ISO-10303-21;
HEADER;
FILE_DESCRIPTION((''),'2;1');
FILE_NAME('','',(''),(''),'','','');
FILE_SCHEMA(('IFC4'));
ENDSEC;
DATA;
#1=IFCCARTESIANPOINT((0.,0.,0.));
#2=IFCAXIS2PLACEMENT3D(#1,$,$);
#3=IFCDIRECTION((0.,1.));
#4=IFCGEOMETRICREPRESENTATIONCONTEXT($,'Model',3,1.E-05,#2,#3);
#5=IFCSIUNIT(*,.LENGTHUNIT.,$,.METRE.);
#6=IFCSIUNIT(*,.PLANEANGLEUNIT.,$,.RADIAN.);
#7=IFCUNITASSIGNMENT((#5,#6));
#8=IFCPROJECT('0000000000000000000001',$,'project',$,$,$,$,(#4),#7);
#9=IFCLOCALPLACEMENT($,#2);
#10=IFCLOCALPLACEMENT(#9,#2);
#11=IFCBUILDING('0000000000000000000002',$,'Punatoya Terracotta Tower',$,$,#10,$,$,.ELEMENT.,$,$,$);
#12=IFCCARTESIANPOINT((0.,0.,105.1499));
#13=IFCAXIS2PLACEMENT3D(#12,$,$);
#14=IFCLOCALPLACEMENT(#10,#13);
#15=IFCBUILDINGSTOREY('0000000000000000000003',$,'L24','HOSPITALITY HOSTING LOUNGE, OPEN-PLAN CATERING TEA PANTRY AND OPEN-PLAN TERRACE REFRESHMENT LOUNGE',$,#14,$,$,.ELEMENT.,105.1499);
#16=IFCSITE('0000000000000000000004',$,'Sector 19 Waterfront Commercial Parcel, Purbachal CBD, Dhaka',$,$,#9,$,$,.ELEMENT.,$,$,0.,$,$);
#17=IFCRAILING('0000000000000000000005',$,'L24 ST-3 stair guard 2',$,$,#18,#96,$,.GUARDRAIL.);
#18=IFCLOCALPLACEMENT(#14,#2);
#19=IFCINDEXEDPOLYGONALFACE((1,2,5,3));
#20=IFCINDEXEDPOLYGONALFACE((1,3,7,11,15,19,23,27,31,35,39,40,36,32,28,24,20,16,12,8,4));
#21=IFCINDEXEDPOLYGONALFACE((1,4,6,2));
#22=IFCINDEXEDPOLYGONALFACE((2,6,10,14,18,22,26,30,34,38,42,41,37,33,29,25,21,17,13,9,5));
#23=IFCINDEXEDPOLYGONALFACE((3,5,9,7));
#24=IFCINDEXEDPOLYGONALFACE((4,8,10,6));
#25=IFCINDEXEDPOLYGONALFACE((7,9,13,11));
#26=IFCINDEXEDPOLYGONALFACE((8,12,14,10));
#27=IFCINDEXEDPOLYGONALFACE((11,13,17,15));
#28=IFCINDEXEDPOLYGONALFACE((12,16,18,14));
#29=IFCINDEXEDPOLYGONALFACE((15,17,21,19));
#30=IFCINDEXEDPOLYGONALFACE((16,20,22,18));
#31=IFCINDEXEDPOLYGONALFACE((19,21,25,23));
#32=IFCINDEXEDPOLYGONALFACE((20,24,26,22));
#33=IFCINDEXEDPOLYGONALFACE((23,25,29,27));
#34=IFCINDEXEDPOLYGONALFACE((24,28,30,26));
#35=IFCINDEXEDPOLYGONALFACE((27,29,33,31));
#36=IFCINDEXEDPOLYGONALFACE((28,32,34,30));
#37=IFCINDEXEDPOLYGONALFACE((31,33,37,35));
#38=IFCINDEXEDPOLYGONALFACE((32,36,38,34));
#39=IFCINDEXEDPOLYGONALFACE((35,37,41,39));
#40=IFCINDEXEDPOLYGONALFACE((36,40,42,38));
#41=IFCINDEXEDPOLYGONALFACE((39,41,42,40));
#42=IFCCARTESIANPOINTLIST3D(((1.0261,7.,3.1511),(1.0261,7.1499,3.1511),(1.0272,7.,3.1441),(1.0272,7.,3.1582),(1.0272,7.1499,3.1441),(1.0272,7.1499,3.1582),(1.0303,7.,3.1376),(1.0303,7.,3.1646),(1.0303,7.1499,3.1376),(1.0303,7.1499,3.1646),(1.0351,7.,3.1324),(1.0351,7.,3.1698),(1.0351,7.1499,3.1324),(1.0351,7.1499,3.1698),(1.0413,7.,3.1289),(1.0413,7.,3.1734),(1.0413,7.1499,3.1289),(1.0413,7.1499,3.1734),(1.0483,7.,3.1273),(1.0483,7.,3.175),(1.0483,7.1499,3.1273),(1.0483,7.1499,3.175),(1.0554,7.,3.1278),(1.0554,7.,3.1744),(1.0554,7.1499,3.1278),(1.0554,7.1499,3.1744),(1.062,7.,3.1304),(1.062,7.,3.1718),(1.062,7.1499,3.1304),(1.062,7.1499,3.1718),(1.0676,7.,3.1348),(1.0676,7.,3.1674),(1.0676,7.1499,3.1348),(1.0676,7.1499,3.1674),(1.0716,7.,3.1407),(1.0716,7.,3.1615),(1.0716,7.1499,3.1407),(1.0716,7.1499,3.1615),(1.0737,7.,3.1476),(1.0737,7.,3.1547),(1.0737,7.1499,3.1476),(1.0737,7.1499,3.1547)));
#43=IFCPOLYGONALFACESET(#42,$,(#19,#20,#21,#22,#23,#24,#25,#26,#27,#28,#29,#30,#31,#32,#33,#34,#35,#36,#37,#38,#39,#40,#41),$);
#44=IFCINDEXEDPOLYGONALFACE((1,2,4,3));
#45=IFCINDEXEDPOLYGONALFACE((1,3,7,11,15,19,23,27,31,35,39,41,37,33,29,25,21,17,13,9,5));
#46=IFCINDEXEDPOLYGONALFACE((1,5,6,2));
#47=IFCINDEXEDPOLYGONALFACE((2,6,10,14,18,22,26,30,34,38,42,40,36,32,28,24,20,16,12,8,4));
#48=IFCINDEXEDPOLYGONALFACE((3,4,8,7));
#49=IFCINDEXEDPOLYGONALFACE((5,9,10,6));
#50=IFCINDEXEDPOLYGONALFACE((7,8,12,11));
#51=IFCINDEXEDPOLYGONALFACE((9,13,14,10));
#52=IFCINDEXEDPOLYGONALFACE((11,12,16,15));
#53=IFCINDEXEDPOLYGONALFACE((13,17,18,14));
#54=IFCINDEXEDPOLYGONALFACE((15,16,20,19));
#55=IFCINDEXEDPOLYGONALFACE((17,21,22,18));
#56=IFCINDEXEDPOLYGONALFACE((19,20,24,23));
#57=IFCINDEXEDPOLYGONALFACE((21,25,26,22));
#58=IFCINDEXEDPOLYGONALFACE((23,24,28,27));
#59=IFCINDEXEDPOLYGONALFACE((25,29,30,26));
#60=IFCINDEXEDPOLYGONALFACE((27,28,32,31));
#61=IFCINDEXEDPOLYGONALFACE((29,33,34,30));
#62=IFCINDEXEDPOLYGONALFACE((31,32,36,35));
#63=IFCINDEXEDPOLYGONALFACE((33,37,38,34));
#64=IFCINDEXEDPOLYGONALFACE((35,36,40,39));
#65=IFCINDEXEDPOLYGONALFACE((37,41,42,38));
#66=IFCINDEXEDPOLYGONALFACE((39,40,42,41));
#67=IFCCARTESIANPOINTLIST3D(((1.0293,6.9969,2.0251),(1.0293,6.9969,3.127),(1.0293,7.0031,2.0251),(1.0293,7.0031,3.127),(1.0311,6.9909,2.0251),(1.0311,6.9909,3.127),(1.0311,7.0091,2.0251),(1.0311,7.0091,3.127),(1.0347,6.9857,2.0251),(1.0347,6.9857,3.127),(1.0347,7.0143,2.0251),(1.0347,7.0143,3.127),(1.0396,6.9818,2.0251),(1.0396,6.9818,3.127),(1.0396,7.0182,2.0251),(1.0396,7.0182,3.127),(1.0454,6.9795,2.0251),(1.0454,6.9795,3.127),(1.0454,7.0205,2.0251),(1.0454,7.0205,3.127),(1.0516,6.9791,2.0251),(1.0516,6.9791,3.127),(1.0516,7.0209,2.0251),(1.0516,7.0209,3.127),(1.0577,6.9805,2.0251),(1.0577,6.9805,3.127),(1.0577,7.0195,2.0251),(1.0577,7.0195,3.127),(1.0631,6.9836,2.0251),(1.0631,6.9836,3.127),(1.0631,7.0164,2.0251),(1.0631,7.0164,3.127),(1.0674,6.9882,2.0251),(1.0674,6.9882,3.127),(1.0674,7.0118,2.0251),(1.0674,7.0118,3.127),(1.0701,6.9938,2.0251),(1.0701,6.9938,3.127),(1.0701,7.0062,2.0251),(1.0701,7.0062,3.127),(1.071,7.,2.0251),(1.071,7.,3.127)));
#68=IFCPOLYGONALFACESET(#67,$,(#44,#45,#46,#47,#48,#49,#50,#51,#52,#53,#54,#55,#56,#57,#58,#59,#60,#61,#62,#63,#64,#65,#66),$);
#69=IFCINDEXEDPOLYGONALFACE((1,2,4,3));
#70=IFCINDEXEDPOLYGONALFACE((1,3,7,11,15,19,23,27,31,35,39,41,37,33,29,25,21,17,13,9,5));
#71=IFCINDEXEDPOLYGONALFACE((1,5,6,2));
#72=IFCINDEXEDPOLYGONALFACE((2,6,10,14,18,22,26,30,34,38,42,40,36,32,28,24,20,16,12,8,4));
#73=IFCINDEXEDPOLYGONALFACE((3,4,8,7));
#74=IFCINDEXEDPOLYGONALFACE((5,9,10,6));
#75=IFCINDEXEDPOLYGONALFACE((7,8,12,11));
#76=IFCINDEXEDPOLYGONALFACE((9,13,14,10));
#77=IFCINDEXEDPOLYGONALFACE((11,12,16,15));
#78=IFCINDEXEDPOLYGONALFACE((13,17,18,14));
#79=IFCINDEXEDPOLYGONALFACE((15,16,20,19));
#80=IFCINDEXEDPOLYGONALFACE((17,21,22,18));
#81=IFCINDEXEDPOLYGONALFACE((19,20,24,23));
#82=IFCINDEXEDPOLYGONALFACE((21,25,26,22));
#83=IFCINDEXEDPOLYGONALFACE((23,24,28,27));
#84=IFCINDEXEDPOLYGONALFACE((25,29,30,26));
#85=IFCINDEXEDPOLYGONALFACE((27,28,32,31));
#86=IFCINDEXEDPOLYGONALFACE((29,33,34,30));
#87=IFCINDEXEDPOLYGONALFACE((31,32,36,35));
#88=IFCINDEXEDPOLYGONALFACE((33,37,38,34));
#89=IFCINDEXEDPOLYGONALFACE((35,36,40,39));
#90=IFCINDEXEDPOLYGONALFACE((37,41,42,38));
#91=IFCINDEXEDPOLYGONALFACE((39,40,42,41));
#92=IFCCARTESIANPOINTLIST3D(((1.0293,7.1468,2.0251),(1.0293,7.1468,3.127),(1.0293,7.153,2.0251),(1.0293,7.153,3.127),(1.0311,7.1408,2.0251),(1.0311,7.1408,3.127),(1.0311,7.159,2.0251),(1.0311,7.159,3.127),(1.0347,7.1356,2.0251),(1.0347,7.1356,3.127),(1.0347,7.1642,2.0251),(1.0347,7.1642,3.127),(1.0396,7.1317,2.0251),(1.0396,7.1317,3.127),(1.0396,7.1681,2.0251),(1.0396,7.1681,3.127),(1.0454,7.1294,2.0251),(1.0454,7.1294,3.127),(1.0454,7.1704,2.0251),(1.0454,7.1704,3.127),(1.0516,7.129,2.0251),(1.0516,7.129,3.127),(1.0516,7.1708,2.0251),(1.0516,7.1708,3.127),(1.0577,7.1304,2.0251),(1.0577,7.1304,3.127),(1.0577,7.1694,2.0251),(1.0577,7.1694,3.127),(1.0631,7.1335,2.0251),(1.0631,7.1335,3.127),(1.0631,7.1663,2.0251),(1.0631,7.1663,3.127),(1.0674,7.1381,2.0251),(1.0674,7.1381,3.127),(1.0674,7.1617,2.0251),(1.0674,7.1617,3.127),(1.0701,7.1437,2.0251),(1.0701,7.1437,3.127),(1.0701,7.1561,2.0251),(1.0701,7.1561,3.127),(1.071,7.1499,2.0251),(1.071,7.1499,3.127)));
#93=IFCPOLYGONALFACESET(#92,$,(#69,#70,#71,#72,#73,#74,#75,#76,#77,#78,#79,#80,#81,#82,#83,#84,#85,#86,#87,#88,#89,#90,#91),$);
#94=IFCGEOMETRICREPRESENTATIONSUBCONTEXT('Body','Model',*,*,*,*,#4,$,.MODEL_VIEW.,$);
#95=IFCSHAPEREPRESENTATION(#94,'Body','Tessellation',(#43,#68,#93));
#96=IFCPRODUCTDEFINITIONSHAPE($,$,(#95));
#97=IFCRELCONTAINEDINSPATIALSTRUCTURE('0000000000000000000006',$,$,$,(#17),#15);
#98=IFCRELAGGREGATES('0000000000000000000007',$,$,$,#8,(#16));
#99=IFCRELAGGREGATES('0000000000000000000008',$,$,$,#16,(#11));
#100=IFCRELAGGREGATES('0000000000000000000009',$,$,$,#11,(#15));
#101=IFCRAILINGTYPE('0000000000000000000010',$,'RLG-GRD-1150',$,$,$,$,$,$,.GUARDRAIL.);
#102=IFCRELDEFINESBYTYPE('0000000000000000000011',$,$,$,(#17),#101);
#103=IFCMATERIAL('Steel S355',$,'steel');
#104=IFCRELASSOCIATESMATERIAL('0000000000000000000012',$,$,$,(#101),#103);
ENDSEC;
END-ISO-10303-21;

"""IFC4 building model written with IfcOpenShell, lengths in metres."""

from ifc_helpers import new_model, si_unit, direction, frame, origin, origin_2d, place, context, subcontext, project, spatial, circle, extrude, material, type_object, element, save


model = new_model("IFC4")

# Units and contexts
model_context = context("Model", 3, precision=1e-05, world=origin(), true_north=direction((0.0, 1.0)))
body_context = subcontext(model_context, "Body", "Model", "MODEL_VIEW")
ifc_project = project(units=[si_unit("LENGTHUNIT", "METRE"), si_unit("PLANEANGLEUNIT", "RADIAN")], contexts=[model_context])

# Site, building, storey
site_placement = place(None, origin())
site = spatial("IfcSite", under=ifc_project, at=site_placement, Name="Sector 19 Waterfront Commercial Parcel, Purbachal CBD, Dhaka", CompositionType="ELEMENT", RefElevation=0.0)
building_placement = place(site_placement, origin())
building = spatial("IfcBuilding", under=site, at=building_placement, Name="Punatoya Terracotta Tower", CompositionType="ELEMENT")
storey_placement = place(building_placement, frame((0.0, 0.0, 105.1499)))
storey = spatial("IfcBuildingStorey", under=building, at=storey_placement, Name="L24", Description="HOSPITALITY HOSTING LOUNGE, OPEN-PLAN CATERING TEA PANTRY AND OPEN-PLAN TERRACE REFRESHMENT LOUNGE", CompositionType="ELEMENT", Elevation=105.1499)

# Shared definitions
ifc_material_1 = material(Name="Steel S355", Category="steel")

# Railing
railing_type_1 = type_object("IfcRailingType", Name="RLG-GRD-1150", PredefinedType="GUARDRAIL", material=ifc_material_1)
railing_1_placement = place(storey_placement, frame((1.05, 7.0, 2.0251)))
element("IfcRailing", 1, at=railing_1_placement, inside=storey, type_object=railing_type_1, Name="L24 ST-3 stair guard 2", PredefinedType="GUARDRAIL", context=body_context, shape_type="SweptSolid", body=[
    extrude(circle(Radius=0.0239, at=origin_2d()), frame((0.0, 0.0, 1.126), z_axis=(0.0, 1.0, 0.0), x_axis=(-1.0, 0.0, 0.0)), (0.0, 0.0, 1.0), 0.1499),
    extrude(circle(Radius=0.021, at=origin_2d()), origin(), (0.0, 0.0, 1.0), 1.1018),
    extrude(circle(Radius=0.021, at=origin_2d()), frame((0.0, 0.1499, 0.0)), (0.0, 0.0, 1.0), 1.1018),
])

save(model, "model.ifc")
